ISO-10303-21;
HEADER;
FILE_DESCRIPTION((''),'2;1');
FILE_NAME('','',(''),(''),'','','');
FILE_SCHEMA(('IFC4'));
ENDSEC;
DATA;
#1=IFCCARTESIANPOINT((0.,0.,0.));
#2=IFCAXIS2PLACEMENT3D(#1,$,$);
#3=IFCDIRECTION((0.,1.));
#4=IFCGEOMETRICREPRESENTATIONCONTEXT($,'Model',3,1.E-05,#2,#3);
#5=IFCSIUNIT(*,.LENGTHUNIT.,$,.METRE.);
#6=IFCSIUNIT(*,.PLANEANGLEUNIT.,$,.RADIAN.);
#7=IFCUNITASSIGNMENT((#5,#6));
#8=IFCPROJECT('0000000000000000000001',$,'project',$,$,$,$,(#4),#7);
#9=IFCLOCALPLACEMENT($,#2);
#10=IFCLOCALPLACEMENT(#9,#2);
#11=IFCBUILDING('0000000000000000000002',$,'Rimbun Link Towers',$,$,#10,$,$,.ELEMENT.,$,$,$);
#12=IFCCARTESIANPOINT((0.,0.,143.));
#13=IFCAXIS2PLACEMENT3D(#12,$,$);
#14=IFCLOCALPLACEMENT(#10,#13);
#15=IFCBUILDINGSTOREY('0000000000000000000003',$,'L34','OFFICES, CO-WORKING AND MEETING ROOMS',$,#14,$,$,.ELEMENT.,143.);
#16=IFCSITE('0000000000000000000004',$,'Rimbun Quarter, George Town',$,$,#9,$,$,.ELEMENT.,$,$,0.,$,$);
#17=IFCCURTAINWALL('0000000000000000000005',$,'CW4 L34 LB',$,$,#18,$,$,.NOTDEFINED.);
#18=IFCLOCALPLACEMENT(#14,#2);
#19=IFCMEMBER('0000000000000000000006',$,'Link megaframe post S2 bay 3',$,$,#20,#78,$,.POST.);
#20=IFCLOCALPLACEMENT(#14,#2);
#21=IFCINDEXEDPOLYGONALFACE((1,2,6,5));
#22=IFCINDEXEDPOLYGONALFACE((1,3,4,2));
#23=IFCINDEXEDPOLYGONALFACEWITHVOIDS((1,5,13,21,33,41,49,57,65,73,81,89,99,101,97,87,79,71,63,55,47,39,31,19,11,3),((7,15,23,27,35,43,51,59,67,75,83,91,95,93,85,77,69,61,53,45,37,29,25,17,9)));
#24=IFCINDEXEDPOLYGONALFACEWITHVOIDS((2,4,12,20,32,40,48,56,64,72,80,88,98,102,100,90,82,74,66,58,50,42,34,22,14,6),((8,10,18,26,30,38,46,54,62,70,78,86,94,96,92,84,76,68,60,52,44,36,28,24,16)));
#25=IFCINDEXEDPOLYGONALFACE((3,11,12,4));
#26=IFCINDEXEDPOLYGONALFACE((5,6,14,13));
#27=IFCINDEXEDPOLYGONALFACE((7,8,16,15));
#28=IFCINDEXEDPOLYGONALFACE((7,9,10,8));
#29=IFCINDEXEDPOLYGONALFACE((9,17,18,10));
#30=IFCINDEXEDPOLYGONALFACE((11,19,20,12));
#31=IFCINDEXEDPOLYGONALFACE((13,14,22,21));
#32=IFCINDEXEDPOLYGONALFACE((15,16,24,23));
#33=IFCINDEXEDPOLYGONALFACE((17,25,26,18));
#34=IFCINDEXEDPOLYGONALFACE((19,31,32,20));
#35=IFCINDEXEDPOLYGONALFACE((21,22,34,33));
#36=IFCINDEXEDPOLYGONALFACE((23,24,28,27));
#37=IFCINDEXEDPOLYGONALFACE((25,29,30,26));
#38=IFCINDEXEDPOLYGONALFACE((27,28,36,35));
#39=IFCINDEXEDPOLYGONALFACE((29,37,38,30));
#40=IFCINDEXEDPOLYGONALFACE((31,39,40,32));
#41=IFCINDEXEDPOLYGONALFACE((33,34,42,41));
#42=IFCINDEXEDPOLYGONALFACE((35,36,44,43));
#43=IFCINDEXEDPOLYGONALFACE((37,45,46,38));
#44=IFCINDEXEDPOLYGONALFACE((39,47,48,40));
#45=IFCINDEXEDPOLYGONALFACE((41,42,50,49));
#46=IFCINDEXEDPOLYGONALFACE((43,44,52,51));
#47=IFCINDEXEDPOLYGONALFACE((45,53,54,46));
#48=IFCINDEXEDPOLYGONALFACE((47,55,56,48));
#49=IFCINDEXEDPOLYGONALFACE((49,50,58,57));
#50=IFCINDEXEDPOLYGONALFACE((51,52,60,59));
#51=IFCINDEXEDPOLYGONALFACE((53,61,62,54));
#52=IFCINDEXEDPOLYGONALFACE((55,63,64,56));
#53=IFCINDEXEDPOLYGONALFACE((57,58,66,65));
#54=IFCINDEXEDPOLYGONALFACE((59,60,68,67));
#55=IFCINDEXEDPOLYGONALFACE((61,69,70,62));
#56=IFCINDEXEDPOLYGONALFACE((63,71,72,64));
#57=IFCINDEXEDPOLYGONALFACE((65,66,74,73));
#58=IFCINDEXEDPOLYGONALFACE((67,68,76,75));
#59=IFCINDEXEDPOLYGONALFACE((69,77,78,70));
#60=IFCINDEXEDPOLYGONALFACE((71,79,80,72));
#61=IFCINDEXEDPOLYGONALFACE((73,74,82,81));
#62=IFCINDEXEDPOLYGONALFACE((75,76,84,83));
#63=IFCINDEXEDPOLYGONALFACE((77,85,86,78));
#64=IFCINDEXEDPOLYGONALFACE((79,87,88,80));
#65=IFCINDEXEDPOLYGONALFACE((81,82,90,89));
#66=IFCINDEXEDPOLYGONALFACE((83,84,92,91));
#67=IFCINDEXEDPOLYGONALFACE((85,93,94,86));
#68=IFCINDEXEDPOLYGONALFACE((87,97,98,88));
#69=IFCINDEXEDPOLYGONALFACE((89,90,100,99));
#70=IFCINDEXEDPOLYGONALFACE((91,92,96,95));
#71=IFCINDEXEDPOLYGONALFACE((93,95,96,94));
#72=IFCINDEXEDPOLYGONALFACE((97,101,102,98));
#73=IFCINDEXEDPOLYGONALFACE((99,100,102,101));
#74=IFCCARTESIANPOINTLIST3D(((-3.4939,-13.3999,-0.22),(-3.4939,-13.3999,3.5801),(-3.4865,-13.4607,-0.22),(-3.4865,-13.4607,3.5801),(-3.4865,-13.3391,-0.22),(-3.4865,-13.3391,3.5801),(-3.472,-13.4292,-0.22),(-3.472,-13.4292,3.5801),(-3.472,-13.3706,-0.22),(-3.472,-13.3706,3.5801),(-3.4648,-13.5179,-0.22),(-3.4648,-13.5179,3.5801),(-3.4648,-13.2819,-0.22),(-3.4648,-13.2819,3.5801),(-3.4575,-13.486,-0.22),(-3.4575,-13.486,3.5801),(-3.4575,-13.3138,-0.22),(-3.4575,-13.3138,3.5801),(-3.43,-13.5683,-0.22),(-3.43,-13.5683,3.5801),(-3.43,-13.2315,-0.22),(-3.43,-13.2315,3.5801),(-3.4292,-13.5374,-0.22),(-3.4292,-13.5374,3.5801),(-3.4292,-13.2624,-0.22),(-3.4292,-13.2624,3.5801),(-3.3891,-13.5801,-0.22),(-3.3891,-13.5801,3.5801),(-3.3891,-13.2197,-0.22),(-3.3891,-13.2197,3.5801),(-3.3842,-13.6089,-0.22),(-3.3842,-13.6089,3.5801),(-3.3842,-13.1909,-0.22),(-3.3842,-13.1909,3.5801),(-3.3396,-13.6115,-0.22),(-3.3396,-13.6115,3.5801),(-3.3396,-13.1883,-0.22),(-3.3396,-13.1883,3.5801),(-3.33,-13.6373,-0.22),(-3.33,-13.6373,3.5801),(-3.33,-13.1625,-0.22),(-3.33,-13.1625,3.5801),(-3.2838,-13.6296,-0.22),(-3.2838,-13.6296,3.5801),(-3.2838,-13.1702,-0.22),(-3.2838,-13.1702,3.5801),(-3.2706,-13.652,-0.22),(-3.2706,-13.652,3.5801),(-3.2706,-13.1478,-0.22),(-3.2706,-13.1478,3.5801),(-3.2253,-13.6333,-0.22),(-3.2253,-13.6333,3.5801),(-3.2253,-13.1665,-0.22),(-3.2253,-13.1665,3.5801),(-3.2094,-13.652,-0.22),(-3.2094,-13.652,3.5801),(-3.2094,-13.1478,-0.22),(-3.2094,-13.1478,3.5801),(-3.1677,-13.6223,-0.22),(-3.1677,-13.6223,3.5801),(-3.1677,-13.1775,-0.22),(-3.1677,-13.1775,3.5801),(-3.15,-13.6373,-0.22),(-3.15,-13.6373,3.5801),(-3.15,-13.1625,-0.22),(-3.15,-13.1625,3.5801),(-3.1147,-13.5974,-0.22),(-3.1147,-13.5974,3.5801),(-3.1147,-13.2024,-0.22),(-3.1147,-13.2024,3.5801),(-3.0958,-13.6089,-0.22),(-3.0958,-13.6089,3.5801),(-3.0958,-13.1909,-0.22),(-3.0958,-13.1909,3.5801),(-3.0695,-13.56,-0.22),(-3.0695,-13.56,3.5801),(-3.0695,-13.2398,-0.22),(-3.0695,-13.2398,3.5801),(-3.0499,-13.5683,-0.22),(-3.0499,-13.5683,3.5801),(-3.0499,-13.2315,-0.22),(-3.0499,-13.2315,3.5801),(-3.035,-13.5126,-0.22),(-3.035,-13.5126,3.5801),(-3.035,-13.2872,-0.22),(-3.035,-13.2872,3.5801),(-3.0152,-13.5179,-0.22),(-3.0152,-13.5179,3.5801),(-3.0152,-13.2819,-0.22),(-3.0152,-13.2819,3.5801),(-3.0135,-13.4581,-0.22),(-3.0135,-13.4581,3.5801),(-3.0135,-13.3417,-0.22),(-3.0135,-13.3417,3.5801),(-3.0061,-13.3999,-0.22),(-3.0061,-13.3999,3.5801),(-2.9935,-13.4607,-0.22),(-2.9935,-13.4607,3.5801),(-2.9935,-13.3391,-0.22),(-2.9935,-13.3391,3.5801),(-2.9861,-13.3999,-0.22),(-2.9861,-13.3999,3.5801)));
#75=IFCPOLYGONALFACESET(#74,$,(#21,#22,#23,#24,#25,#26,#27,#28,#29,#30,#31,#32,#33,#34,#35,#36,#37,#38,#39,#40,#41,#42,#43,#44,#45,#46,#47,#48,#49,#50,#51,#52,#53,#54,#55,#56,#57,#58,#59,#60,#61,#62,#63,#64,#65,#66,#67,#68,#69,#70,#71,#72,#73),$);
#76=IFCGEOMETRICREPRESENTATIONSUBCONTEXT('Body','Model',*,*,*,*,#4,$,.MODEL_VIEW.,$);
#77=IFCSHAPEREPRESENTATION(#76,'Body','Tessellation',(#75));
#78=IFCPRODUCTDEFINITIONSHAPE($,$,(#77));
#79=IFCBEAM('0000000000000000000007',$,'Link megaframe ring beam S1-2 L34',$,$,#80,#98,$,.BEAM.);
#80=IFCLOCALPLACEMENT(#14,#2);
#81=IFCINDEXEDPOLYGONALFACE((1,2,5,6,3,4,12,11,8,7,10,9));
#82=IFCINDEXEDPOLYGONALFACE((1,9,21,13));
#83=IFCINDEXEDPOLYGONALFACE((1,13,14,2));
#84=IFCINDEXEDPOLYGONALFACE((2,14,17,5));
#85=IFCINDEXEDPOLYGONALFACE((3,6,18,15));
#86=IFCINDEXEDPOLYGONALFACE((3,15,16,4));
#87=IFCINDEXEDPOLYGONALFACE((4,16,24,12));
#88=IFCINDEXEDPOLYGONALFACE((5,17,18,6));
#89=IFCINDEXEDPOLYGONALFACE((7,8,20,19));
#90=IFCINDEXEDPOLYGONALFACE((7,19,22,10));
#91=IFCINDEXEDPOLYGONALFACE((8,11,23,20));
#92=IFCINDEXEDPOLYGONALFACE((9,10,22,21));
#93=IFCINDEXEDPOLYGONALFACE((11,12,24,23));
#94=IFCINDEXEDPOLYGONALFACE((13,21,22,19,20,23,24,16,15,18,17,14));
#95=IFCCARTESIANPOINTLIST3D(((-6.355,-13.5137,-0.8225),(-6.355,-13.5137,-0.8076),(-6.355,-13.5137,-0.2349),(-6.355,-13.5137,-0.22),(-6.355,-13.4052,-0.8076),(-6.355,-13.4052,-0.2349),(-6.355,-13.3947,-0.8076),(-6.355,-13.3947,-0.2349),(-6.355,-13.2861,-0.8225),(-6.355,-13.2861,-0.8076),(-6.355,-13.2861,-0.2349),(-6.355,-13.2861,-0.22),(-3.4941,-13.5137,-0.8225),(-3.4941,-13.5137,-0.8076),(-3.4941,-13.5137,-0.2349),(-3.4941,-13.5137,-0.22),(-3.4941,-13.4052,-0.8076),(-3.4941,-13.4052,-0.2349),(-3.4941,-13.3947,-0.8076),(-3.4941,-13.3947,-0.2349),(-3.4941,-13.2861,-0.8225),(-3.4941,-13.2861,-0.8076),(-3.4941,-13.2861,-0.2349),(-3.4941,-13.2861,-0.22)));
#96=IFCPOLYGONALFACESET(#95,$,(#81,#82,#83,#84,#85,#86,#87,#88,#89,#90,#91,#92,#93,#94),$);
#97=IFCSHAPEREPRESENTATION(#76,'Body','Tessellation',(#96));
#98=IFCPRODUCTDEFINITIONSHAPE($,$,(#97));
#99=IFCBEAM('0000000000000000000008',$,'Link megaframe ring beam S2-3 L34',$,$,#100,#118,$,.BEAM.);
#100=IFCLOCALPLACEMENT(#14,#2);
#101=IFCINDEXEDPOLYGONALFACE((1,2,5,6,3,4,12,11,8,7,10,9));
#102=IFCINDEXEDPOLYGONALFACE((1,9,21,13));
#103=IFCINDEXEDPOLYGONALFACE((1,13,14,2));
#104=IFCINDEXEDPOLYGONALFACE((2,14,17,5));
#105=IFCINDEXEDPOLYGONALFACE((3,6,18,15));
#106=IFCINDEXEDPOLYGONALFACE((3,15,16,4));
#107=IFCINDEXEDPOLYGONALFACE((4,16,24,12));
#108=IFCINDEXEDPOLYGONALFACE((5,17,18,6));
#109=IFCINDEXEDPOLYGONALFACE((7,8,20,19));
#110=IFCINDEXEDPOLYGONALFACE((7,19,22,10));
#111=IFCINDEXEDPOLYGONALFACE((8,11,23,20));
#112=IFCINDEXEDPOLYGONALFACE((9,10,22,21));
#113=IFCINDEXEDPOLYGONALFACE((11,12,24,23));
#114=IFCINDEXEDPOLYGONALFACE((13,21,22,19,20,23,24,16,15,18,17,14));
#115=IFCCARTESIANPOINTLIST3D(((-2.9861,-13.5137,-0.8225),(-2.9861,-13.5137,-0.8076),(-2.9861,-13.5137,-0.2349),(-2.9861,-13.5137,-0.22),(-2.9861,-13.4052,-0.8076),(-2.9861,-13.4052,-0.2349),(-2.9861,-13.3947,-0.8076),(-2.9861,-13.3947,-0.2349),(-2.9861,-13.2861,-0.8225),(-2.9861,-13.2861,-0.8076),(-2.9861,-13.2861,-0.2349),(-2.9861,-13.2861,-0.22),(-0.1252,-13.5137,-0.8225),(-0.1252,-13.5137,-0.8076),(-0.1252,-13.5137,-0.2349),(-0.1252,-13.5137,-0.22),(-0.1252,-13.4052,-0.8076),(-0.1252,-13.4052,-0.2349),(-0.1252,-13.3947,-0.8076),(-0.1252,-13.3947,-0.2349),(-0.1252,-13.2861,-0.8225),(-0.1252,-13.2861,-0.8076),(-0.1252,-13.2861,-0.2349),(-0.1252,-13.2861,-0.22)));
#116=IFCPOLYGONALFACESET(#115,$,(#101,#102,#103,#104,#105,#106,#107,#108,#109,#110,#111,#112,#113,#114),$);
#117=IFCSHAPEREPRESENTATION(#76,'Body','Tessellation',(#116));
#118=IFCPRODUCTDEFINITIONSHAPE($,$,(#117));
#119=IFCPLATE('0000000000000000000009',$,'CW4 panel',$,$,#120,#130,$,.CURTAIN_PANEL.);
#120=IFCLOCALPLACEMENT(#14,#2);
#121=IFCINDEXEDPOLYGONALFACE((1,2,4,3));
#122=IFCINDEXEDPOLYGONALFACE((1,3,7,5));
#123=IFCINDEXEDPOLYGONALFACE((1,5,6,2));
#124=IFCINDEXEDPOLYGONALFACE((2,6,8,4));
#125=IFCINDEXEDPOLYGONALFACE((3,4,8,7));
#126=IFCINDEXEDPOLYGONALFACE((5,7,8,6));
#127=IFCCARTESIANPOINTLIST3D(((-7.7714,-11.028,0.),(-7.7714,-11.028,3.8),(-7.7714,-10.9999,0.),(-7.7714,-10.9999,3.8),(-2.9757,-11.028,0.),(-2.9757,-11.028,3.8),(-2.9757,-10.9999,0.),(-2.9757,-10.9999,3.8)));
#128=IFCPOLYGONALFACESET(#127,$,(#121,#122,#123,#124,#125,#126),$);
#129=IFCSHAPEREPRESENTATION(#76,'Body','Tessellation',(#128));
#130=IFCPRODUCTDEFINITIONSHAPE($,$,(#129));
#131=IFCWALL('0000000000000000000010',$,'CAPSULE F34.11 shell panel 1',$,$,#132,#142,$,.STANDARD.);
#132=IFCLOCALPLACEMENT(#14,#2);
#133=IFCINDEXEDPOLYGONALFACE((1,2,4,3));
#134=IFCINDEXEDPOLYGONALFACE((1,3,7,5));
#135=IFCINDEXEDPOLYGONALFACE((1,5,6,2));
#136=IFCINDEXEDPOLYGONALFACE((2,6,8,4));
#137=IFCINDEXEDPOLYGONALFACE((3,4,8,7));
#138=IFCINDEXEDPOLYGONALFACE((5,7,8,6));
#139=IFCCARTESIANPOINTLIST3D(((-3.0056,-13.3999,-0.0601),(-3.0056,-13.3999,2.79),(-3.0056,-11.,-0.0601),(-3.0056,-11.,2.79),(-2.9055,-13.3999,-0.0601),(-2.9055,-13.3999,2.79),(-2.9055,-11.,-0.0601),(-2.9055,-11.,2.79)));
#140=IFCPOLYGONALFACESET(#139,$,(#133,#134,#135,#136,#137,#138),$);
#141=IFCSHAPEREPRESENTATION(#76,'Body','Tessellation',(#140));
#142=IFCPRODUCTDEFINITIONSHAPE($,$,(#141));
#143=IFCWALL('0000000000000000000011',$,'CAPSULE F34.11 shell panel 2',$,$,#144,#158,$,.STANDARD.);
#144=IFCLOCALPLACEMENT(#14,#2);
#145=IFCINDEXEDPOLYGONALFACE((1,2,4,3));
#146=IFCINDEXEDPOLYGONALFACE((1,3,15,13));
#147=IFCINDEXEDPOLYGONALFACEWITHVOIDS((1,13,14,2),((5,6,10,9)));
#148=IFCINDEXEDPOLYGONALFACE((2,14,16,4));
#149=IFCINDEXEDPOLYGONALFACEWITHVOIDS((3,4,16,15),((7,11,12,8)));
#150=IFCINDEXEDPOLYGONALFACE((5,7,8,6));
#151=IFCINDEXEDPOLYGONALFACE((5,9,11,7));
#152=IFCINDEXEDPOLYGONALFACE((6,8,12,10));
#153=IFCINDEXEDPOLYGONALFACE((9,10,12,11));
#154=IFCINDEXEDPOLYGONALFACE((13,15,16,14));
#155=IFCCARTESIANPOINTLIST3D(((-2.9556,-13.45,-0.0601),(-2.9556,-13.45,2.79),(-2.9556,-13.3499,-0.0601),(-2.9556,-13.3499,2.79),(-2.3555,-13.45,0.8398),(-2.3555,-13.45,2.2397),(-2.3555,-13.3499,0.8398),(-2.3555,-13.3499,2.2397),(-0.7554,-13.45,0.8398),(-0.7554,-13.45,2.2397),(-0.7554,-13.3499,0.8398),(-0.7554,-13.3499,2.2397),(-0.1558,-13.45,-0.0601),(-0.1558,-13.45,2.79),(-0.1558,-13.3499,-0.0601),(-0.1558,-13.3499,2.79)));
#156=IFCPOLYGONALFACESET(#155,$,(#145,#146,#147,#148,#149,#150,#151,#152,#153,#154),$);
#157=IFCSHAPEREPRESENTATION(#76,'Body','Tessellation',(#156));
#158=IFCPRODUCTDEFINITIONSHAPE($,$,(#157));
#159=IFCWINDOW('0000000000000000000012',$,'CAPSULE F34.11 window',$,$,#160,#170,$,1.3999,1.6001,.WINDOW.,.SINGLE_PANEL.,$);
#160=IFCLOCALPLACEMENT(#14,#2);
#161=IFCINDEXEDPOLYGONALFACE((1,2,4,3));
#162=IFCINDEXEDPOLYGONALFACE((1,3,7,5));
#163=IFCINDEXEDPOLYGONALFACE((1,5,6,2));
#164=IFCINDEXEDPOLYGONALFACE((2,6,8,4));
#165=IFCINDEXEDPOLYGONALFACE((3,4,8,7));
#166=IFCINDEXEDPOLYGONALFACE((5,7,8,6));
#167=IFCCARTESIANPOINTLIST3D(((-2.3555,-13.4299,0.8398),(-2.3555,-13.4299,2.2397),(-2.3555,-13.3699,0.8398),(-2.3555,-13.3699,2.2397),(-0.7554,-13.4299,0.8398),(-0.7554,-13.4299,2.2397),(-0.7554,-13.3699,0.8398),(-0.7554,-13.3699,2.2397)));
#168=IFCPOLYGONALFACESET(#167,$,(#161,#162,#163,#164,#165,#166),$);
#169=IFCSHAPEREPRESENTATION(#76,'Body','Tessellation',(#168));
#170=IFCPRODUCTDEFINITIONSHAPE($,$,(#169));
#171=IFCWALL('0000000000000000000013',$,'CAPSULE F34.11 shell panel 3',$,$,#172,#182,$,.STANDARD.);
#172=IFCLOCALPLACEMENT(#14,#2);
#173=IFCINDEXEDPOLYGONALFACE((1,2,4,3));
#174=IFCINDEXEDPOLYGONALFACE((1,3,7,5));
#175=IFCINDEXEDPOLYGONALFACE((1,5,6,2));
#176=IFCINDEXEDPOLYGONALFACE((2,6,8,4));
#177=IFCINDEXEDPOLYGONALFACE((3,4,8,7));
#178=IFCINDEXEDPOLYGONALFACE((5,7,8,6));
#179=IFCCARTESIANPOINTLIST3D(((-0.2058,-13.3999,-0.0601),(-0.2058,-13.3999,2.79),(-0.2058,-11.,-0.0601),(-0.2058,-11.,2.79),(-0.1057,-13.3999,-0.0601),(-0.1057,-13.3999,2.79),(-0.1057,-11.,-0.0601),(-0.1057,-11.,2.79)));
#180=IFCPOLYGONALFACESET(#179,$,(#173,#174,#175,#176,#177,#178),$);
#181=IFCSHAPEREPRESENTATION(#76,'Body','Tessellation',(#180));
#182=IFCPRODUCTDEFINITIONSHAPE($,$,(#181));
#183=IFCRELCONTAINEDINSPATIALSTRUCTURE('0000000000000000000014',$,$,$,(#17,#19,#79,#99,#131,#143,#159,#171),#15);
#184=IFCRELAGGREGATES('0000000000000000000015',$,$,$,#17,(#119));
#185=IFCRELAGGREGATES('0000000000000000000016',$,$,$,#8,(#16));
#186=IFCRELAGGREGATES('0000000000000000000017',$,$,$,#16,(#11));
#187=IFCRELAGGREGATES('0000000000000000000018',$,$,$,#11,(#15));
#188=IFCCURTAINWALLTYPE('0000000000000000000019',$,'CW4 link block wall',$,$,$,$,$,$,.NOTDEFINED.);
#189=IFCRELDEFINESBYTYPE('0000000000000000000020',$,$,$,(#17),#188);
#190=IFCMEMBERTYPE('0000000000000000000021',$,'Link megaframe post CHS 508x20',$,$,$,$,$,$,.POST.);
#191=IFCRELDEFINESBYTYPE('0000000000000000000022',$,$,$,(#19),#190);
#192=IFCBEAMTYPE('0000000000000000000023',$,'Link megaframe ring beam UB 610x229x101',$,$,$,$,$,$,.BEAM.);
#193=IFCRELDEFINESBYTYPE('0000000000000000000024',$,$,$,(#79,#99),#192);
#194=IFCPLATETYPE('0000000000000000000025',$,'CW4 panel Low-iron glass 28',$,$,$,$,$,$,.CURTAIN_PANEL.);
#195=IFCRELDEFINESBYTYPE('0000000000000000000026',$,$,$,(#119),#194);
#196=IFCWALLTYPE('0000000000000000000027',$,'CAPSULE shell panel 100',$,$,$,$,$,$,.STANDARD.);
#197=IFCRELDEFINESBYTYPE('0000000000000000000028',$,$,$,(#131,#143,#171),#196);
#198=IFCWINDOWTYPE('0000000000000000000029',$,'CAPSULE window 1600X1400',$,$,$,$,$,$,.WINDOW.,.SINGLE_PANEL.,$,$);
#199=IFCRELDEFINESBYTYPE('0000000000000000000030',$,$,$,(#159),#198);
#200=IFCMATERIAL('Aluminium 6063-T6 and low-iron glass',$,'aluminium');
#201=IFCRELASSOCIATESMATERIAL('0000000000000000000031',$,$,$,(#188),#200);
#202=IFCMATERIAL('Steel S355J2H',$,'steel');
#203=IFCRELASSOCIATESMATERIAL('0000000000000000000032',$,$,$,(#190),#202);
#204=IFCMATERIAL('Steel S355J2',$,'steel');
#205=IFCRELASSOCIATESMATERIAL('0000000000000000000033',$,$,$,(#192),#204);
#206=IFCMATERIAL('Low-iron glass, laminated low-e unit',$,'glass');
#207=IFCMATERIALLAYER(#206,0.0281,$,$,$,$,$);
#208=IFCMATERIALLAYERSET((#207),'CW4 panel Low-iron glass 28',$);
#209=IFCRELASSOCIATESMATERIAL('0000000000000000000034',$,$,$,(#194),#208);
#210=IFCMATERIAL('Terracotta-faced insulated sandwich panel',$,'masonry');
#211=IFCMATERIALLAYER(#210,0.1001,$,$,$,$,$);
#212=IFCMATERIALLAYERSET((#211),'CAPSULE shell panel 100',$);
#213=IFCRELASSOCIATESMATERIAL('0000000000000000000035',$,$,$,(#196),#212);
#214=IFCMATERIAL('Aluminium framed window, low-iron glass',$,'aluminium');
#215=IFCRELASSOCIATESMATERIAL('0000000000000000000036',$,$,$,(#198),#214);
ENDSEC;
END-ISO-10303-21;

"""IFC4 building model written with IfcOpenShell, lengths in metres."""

from ifc_helpers import new_model, si_unit, direction, frame, frame_2d, origin, origin_2d, place, context, subcontext, project, spatial, rectangle, hollow_circle, i_section, extrude, material, layer, layer_set, material_profile, profile_set, type_object, element, fill, aggregate, save


model = new_model("IFC4")

# Units and contexts
model_context = context("Model", 3, precision=1e-05, world=origin(), true_north=direction((0.0, 1.0)))
body_context = subcontext(model_context, "Body", "Model", "MODEL_VIEW")
ifc_project = project(units=[si_unit("LENGTHUNIT", "METRE"), si_unit("PLANEANGLEUNIT", "RADIAN")], contexts=[model_context])

# Site, building, storey
site_placement = place(None, origin())
site = spatial("IfcSite", under=ifc_project, at=site_placement, Name="Rimbun Quarter, George Town", CompositionType="ELEMENT", RefElevation=0.0)
building_placement = place(site_placement, origin())
building = spatial("IfcBuilding", under=site, at=building_placement, Name="Rimbun Link Towers", CompositionType="ELEMENT")
storey_placement = place(building_placement, frame((0.0, 0.0, 143.0)))
storey = spatial("IfcBuildingStorey", under=building, at=storey_placement, Name="L34", Description="OFFICES, CO-WORKING AND MEETING ROOMS", CompositionType="ELEMENT", Elevation=143.0)

# Curtain wall
ifc_material_1 = material(Name="Aluminium 6063-T6 and low-iron glass", Category="aluminium")
curtain_wall_type = type_object("IfcCurtainWallType", Name="CW4 link block wall", PredefinedType="NOTDEFINED", material=ifc_material_1)
curtain_wall_placement = place(storey_placement, origin())
curtain_wall = element("IfcCurtainWall", 1, at=curtain_wall_placement, inside=storey, type_object=curtain_wall_type, Name="CW4 L34 LB", PredefinedType="NOTDEFINED")

# Member
ifc_material_2 = material(Name="Steel S355J2H", Category="steel")
ifc_material_profile_1 = material_profile(ifc_material_2, hollow_circle(Radius=0.2539, WallThickness=0.02, at=origin_2d()), Name="CHS 508x20")
ifc_profile_set_1 = profile_set([ifc_material_profile_1], Name="Steel S355J2H")
member_type_1 = type_object("IfcMemberType", Name="Link megaframe post CHS 508x20", PredefinedType="POST", material=ifc_profile_set_1)
for number, where, z_axis, x_axis, name in (
    (2, (-3.24, -13.3999, -0.22), (0.0, 0.0, 1.0), (1.0, 0.0, 0.0), "Link megaframe post S2 bay 3"),
):
    element("IfcMember", number, at=place(storey_placement, frame(where, z_axis=z_axis, x_axis=x_axis)), inside=storey, type_object=member_type_1, Name=name, PredefinedType="POST", context=body_context, shape_type="SweptSolid", body=[
        extrude(hollow_circle(Radius=0.2539, WallThickness=0.02, at=origin_2d()), origin(), (0.0, 0.0, 1.0), 3.8),
    ])

# Beams
ifc_material_3 = material(Name="Steel S355J2", Category="steel")
ifc_material_profile_2 = material_profile(ifc_material_3, i_section(OverallWidth=0.2275, OverallDepth=0.6025, WebThickness=0.0105, FlangeThickness=0.0149, at=origin_2d()), Name="UB 610x229x101")
ifc_profile_set_2 = profile_set([ifc_material_profile_2], Name="Steel S355J2")
beam_type_1 = type_object("IfcBeamType", Name="Link megaframe ring beam UB 610x229x101", PredefinedType="BEAM", material=ifc_profile_set_2)
for number, where, z_axis, x_axis, name in (
    (3, (-6.355, -13.3999, -0.5212), (1.0, 0.0, 0.0), (0.0, 1.0, 0.0), "Link megaframe ring beam S1-2 L34"),
    (4, (-2.9861, -13.3999, -0.5212), (1.0, 0.0, 0.0), (0.0, 1.0, 0.0), "Link megaframe ring beam S2-3 L34"),
):
    element("IfcBeam", number, at=place(storey_placement, frame(where, z_axis=z_axis, x_axis=x_axis)), inside=storey, type_object=beam_type_1, Name=name, PredefinedType="BEAM", context=body_context, shape_type="SweptSolid", body=[
        extrude(i_section(OverallWidth=0.2275, OverallDepth=0.6025, WebThickness=0.0105, FlangeThickness=0.0149, at=origin_2d()), origin(), (0.0, 0.0, 1.0), 2.8608),
    ])

# Plate
ifc_material_4 = material(Name="Low-iron glass, laminated low-e unit", Category="glass")
ifc_layer_1 = layer(ifc_material_4, 0.0281)
ifc_layer_set_1 = layer_set([ifc_layer_1], Name="CW4 panel Low-iron glass 28")
plate_type = type_object("IfcPlateType", Name="CW4 panel Low-iron glass 28", PredefinedType="CURTAIN_PANEL", material=ifc_layer_set_1)
plate_placement = place(storey_placement, frame((-5.3735, -11.0139, 0.0), z_axis=(0.0, 0.0, 1.0), x_axis=(-1.0, 0.0, 0.0)))
plate = element("IfcPlate", 5, at=plate_placement, type_object=plate_type, Name="CW4 panel", PredefinedType="CURTAIN_PANEL", context=body_context, shape_type="SweptSolid", body=[
    extrude(rectangle(XDim=4.7957, YDim=0.0281, at=origin_2d()), origin(), (0.0, 0.0, 1.0), 3.8),
])
aggregate(curtain_wall, [plate])

# Wall
ifc_material_5 = material(Name="Terracotta-faced insulated sandwich panel", Category="masonry")
ifc_layer_2 = layer(ifc_material_5, 0.1001)
ifc_layer_set_2 = layer_set([ifc_layer_2], Name="CAPSULE shell panel 100")
wall_type_1 = type_object("IfcWallType", Name="CAPSULE shell panel 100", PredefinedType="STANDARD", material=ifc_layer_set_2)
wall_1_placement = place(storey_placement, frame((-2.9556, -11.0, -0.0601), z_axis=(0.0, 0.0, 1.0), x_axis=(0.0, -1.0, 0.0)))
element("IfcWall", 6, at=wall_1_placement, inside=storey, type_object=wall_type_1, Name="CAPSULE F34.11 shell panel 1", PredefinedType="STANDARD", context=body_context, shape_type="SweptSolid", body=[
    extrude(rectangle(XDim=2.3999, YDim=0.1001, at=frame_2d((1.2, 0.0))), origin(), (0.0, 0.0, 1.0), 2.8501),
])

# Wall, opening, window
wall_2_placement = place(storey_placement, frame((-2.9556, -13.3999, -0.0601), z_axis=(0.0, 0.0, 1.0), x_axis=(1.0, 0.0, 0.0)))
wall_2 = element("IfcWall", 7, at=wall_2_placement, inside=storey, type_object=wall_type_1, Name="CAPSULE F34.11 shell panel 2", PredefinedType="STANDARD", context=body_context, shape_type="SweptSolid", body=[
    extrude(rectangle(XDim=2.7998, YDim=0.1001, at=frame_2d((1.3999, 0.0))), origin(), (0.0, 0.0, 1.0), 2.8501),
])
opening_placement = place(wall_2_placement, frame((0.6001, 0.0, 0.8999)))
opening = element("IfcOpeningElement", 8, at=opening_placement, cuts=wall_2, PredefinedType="OPENING", context=body_context, shape_type="SweptSolid", body=[
    extrude(rectangle(XDim=1.6001, YDim=1.3999, at=frame_2d((0.8, 0.7))), frame((0.0, 0.0601, 0.0), z_axis=(0.0, -1.0, 0.0), x_axis=(1.0, 0.0, 0.0)), (0.0, 0.0, 1.0), 0.1201),
])
ifc_material_6 = material(Name="Aluminium framed window, low-iron glass", Category="aluminium")
window_type = type_object("IfcWindowType", Name="CAPSULE window 1600X1400", PartitioningType="SINGLE_PANEL", PredefinedType="WINDOW", material=ifc_material_6)
window_placement = place(opening_placement, origin())
window = element("IfcWindow", 9, at=window_placement, inside=storey, type_object=window_type, Name="CAPSULE F34.11 window", OverallHeight=1.3999, OverallWidth=1.6001, PartitioningType="SINGLE_PANEL", PredefinedType="WINDOW", context=body_context, shape_type="SweptSolid", body=[
    extrude(rectangle(XDim=1.6001, YDim=1.3999, at=frame_2d((0.8, 0.7))), frame((0.0, 0.03, 0.0), z_axis=(0.0, -1.0, 0.0), x_axis=(1.0, 0.0, 0.0)), (0.0, 0.0, 1.0), 0.0601),
])
fill(opening, window)

# Wall
wall_3_placement = place(storey_placement, frame((-0.1558, -13.3999, -0.0601), z_axis=(0.0, 0.0, 1.0), x_axis=(0.0, 1.0, 0.0)))
element("IfcWall", 10, at=wall_3_placement, inside=storey, type_object=wall_type_1, Name="CAPSULE F34.11 shell panel 3", PredefinedType="STANDARD", context=body_context, shape_type="SweptSolid", body=[
    extrude(rectangle(XDim=2.3999, YDim=0.1001, at=frame_2d((1.2, 0.0))), origin(), (0.0, 0.0, 1.0), 2.8501),
])

save(model, "model.ifc")
